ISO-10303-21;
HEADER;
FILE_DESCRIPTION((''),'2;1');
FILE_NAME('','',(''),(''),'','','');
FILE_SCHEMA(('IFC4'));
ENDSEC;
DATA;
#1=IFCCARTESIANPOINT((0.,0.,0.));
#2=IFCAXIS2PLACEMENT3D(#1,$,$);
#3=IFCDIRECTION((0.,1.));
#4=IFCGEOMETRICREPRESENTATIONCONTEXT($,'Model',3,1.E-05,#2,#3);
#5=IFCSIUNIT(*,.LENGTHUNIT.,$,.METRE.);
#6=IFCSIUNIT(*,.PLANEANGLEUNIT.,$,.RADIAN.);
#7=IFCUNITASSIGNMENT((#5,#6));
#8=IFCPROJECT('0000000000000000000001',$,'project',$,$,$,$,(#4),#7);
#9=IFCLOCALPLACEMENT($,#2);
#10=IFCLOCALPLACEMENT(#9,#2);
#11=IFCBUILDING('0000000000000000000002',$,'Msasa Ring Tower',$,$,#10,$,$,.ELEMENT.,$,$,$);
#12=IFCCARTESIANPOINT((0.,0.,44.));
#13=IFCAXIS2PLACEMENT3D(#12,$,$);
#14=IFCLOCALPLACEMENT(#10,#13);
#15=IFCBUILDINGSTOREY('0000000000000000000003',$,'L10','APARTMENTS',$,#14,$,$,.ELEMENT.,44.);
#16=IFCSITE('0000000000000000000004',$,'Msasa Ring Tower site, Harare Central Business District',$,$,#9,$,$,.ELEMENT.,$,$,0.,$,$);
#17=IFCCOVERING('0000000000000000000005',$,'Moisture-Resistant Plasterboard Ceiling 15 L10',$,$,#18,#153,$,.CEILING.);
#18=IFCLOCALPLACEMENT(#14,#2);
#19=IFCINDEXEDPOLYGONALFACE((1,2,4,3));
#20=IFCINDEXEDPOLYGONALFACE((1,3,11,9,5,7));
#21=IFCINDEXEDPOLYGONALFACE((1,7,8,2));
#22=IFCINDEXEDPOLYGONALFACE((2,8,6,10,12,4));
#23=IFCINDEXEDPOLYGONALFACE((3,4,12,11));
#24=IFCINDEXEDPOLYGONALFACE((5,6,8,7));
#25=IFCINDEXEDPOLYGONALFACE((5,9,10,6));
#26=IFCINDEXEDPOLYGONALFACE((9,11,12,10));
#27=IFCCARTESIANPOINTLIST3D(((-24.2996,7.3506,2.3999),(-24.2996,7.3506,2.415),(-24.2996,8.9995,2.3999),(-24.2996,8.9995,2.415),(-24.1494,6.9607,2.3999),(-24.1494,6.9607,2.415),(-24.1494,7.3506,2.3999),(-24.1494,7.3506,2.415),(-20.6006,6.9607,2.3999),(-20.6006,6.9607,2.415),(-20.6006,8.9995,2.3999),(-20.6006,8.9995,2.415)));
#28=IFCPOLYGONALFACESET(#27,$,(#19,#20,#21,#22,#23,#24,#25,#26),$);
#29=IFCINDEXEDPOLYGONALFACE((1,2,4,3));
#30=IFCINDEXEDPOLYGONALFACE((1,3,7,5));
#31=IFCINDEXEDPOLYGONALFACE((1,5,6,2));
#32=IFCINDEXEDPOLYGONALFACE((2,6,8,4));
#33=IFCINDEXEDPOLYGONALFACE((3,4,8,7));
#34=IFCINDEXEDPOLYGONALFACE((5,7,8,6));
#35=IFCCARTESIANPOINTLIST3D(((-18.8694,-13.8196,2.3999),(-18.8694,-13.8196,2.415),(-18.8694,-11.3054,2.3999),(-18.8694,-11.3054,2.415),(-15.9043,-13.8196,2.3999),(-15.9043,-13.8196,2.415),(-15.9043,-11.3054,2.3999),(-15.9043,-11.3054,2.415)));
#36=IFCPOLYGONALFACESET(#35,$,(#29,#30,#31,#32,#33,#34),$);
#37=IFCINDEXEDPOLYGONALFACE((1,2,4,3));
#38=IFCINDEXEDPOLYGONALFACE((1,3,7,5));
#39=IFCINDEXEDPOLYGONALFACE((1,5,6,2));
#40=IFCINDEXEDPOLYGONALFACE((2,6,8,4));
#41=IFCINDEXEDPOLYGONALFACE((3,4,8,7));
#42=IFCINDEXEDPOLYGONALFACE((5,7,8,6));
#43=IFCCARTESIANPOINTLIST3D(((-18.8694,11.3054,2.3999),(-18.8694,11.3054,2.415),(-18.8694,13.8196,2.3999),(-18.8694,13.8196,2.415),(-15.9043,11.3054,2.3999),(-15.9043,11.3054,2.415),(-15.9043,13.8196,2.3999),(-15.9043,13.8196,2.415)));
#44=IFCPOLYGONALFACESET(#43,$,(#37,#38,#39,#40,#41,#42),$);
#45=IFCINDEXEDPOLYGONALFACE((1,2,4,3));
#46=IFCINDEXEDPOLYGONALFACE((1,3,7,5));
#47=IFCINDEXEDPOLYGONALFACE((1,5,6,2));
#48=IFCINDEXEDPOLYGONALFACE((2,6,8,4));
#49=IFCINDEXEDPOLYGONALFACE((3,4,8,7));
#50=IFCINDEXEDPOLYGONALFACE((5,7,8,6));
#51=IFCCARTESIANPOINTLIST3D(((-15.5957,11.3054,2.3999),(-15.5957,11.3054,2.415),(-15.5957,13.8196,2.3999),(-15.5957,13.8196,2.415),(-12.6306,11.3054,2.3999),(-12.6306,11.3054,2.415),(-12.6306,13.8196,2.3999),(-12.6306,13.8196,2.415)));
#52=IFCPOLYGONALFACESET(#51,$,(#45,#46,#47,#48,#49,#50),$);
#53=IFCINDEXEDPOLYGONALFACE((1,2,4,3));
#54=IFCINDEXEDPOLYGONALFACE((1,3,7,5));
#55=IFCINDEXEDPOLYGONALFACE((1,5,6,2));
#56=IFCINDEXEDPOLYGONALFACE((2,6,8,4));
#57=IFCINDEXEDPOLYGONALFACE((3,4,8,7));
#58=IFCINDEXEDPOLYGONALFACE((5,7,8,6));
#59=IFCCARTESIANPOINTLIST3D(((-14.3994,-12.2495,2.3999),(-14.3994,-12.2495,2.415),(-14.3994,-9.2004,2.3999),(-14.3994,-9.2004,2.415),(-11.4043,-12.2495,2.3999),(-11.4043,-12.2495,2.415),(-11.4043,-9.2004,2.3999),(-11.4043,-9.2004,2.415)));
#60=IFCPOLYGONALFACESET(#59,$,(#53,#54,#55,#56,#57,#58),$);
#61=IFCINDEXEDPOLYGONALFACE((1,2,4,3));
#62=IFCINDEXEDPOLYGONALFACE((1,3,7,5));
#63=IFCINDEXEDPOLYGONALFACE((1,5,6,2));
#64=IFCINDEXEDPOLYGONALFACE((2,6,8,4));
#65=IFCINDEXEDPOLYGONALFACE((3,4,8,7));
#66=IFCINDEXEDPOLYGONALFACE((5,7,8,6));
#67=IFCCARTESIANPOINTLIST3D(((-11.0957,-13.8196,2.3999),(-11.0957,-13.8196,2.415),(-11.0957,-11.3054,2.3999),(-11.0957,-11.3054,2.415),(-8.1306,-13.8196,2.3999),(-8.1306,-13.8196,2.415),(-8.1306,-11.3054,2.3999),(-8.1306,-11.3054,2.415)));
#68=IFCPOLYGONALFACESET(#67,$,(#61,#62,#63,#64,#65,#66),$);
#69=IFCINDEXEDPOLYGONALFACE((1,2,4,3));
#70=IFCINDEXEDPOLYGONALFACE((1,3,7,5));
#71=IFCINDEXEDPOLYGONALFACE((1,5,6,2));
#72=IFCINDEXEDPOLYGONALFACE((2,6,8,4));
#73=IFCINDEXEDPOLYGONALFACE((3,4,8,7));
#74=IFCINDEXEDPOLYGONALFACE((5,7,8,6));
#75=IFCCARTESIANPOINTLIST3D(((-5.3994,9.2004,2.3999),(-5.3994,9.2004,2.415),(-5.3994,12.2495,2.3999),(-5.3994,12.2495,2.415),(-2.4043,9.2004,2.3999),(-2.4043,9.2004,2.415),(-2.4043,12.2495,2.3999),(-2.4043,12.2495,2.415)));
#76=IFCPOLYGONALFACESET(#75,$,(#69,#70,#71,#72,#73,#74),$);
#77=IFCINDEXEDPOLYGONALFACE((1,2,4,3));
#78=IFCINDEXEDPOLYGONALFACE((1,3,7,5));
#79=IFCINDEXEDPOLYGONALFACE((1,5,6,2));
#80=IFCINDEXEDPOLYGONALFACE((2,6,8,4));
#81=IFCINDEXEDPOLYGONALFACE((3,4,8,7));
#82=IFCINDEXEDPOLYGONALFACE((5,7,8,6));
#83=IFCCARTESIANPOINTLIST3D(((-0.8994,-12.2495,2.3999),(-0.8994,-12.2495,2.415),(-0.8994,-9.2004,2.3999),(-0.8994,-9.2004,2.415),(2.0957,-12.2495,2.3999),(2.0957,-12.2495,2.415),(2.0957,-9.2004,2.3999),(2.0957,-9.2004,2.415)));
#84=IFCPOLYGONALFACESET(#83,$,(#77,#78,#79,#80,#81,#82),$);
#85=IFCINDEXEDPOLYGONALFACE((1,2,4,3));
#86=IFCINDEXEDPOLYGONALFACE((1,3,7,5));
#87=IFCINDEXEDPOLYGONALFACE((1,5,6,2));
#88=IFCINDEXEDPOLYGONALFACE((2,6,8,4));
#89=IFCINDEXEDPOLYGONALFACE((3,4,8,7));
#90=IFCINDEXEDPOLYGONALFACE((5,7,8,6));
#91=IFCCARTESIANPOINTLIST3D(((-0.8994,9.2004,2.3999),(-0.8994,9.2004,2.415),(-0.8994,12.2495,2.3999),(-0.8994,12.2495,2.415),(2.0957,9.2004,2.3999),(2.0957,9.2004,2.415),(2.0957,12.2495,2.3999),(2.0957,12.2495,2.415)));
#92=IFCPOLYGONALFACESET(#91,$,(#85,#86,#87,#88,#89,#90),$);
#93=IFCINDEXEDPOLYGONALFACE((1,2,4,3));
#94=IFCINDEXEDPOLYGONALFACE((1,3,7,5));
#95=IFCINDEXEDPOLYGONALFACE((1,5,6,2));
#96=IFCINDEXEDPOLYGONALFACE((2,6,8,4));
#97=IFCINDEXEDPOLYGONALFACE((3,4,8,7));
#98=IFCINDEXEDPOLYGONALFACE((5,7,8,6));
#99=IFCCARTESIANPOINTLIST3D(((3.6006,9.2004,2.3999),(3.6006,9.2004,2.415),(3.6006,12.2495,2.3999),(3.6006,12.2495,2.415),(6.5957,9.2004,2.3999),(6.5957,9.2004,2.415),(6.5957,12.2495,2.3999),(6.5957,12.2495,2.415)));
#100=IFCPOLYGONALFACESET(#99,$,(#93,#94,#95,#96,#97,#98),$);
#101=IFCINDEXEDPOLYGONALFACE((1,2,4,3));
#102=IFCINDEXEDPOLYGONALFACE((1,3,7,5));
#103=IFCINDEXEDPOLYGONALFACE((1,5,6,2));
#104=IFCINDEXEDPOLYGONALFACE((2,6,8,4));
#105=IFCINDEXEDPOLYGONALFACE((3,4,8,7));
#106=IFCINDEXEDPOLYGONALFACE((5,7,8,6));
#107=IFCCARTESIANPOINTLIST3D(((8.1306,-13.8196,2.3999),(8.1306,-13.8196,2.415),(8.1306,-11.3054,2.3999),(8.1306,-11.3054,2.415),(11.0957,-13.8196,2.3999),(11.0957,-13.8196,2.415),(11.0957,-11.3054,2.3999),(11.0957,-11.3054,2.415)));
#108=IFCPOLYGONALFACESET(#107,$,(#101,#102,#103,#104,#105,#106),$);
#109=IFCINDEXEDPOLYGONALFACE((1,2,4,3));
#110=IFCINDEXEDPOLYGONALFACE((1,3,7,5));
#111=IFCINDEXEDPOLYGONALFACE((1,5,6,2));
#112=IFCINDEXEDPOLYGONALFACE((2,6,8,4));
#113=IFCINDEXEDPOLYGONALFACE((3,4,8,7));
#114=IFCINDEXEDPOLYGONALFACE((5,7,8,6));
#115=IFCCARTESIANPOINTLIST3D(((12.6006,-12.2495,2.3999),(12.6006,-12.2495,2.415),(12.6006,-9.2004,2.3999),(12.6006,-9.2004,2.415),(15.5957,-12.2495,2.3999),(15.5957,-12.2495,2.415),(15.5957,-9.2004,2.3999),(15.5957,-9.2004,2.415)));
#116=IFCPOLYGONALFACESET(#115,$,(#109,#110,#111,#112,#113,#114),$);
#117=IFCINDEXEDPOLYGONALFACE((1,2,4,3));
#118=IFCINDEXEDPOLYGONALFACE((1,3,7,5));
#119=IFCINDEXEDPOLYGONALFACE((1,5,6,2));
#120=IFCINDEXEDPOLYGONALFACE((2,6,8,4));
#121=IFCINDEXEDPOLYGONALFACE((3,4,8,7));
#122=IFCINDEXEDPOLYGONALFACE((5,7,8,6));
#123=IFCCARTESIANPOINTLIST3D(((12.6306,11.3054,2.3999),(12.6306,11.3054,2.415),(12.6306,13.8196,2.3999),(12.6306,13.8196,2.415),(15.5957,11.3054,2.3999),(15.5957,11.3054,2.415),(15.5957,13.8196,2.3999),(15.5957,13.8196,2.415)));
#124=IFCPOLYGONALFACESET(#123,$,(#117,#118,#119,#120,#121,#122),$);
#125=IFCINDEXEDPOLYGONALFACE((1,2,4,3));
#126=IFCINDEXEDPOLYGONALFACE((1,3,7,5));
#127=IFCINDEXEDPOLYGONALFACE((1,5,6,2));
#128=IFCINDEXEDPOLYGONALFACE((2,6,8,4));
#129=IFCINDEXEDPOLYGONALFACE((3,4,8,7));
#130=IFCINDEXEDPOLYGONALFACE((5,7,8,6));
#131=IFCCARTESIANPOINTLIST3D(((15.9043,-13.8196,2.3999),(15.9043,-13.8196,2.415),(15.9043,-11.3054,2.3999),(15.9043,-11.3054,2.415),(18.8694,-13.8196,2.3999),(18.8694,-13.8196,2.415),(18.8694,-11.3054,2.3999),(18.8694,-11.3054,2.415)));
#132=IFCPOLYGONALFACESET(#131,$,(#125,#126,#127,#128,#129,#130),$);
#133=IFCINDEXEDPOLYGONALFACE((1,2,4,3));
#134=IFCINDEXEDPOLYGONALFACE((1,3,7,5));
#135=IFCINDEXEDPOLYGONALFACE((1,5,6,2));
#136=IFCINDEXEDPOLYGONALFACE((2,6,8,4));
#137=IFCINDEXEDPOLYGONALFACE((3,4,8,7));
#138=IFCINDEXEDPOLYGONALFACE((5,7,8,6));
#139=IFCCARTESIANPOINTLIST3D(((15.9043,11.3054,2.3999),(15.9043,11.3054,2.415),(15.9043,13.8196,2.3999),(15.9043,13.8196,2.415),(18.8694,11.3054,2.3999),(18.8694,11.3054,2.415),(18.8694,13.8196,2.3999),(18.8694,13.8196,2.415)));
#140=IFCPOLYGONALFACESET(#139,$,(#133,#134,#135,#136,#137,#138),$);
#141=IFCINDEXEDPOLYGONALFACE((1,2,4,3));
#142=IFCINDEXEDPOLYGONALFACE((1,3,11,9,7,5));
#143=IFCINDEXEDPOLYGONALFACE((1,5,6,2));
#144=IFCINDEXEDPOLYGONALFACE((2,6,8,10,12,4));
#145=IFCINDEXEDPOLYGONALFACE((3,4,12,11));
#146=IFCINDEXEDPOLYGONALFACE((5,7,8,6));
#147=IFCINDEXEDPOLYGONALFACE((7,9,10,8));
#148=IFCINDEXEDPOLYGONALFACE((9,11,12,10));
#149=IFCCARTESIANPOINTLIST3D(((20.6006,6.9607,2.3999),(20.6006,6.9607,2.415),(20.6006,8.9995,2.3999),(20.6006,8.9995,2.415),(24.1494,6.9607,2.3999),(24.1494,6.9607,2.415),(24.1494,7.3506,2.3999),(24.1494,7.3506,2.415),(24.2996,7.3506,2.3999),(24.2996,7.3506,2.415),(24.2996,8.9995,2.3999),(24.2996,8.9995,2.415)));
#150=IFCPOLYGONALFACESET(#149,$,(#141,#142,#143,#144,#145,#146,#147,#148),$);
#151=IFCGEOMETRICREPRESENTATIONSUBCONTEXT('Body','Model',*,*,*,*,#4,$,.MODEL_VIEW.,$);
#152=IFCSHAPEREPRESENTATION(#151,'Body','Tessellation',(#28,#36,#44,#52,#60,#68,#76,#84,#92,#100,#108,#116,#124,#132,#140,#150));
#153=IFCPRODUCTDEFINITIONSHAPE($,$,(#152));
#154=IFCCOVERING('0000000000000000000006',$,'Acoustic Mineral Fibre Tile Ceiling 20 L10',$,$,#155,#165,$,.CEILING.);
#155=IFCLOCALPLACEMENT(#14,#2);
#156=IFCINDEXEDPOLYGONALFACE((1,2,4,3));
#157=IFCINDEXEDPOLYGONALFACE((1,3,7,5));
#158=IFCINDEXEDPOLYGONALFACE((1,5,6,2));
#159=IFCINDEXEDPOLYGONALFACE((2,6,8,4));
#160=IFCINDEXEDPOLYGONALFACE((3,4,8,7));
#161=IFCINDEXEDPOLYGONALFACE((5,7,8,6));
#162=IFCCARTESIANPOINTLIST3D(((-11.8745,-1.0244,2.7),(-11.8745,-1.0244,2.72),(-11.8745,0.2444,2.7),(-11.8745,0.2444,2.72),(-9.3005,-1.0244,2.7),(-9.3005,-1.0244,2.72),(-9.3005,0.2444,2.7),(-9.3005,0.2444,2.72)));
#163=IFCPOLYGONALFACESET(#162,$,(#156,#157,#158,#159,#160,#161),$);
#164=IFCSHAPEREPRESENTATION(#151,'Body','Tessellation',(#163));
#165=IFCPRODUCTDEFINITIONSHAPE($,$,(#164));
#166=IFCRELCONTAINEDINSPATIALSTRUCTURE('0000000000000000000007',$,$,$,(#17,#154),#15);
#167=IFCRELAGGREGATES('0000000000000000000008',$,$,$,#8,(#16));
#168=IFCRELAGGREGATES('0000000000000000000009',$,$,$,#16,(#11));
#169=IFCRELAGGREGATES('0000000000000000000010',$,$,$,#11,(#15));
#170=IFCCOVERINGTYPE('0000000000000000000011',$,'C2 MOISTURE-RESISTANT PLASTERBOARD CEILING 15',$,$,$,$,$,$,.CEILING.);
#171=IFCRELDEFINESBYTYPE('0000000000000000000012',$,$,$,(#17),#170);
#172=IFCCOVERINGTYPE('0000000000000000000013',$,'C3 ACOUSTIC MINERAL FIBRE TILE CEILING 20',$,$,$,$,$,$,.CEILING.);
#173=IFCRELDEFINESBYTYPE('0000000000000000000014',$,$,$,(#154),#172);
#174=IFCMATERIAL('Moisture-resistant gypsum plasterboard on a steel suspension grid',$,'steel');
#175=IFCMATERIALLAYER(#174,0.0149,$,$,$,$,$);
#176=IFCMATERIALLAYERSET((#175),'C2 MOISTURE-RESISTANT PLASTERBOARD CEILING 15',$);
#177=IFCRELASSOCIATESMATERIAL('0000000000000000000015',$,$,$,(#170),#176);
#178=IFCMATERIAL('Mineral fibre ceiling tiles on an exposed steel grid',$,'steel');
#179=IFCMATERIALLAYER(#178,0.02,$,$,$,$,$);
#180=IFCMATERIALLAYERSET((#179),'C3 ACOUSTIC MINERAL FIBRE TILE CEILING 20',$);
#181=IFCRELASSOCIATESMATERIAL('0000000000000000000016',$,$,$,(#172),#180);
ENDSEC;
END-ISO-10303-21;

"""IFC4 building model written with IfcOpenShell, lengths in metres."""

from ifc_helpers import new_model, si_unit, direction, frame, origin, place, context, subcontext, project, spatial, line, indexed_curve, outline, extrude, material, layer, layer_set, type_object, element, save


model = new_model("IFC4")

# Units and contexts
model_context = context("Model", 3, precision=1e-05, world=origin(), true_north=direction((0.0, 1.0)))
body_context = subcontext(model_context, "Body", "Model", "MODEL_VIEW")
ifc_project = project(units=[si_unit("LENGTHUNIT", "METRE"), si_unit("PLANEANGLEUNIT", "RADIAN")], contexts=[model_context])

# Site, building, storey
site_placement = place(None, origin())
site = spatial("IfcSite", under=ifc_project, at=site_placement, Name="Msasa Ring Tower site, Harare Central Business District", CompositionType="ELEMENT", RefElevation=0.0)
building_placement = place(site_placement, origin())
building = spatial("IfcBuilding", under=site, at=building_placement, Name="Msasa Ring Tower", CompositionType="ELEMENT")
storey_placement = place(building_placement, frame((0.0, 0.0, 44.0)))
storey = spatial("IfcBuildingStorey", under=building, at=storey_placement, Name="L10", Description="APARTMENTS", CompositionType="ELEMENT", Elevation=44.0)

# Coverings
ifc_material_1 = material(Name="Moisture-resistant gypsum plasterboard on a steel suspension grid", Category="steel")
ifc_layer_1 = layer(ifc_material_1, 0.0149)
ifc_layer_set_1 = layer_set([ifc_layer_1], Name="C2 MOISTURE-RESISTANT PLASTERBOARD CEILING 15")
covering_type_1 = type_object("IfcCoveringType", Name="C2 MOISTURE-RESISTANT PLASTERBOARD CEILING 15", PredefinedType="CEILING", material=ifc_layer_set_1)
covering_1_placement = place(storey_placement, frame((0.0, 0.0, 2.3999)))
element("IfcCovering", 1, at=covering_1_placement, inside=storey, type_object=covering_type_1, Name="Moisture-Resistant Plasterboard Ceiling 15 L10", PredefinedType="CEILING", context=body_context, shape_type="SweptSolid", body=[
    extrude(outline(indexed_curve([(-20.6006, 6.9607), (-24.1494, 6.9607), (-24.1494, 7.3506), (-24.2996, 7.3506), (-24.2996, 8.9995), (-20.6006, 8.9995)], segments=[line(1, 2, 3, 4, 5, 6, 1)], self_intersect=False)), origin(), (0.0, 0.0, 1.0), 0.0151),
    extrude(outline(indexed_curve([(-18.8694, -11.3054), (-15.9043, -11.3054), (-15.9043, -13.8196), (-18.8694, -13.8196)], segments=[line(1, 2, 3, 4, 1)], self_intersect=False)), origin(), (0.0, 0.0, 1.0), 0.0151),
    extrude(outline(indexed_curve([(-18.8694, 13.8196), (-15.9043, 13.8196), (-15.9043, 11.3054), (-18.8694, 11.3054)], segments=[line(1, 2, 3, 4, 1)], self_intersect=False)), origin(), (0.0, 0.0, 1.0), 0.0151),
    extrude(outline(indexed_curve([(-12.6306, 13.8196), (-12.6306, 11.3054), (-15.5957, 11.3054), (-15.5957, 13.8196)], segments=[line(1, 2, 3, 4, 1)], self_intersect=False)), origin(), (0.0, 0.0, 1.0), 0.0151),
    extrude(outline(indexed_curve([(-14.3994, -9.2004), (-11.4043, -9.2004), (-11.4043, -12.2495), (-14.3994, -12.2495)], segments=[line(1, 2, 3, 4, 1)], self_intersect=False)), origin(), (0.0, 0.0, 1.0), 0.0151),
    extrude(outline(indexed_curve([(-8.1306, -11.3054), (-8.1306, -13.8196), (-11.0957, -13.8196), (-11.0957, -11.3054)], segments=[line(1, 2, 3, 4, 1)], self_intersect=False)), origin(), (0.0, 0.0, 1.0), 0.0151),
    extrude(outline(indexed_curve([(-5.3994, 12.2495), (-2.4043, 12.2495), (-2.4043, 9.2004), (-5.3994, 9.2004)], segments=[line(1, 2, 3, 4, 1)], self_intersect=False)), origin(), (0.0, 0.0, 1.0), 0.0151),
    extrude(outline(indexed_curve([(-0.8994, -9.2004), (2.0957, -9.2004), (2.0957, -12.2495), (-0.8994, -12.2495)], segments=[line(1, 2, 3, 4, 1)], self_intersect=False)), origin(), (0.0, 0.0, 1.0), 0.0151),
    extrude(outline(indexed_curve([(-0.8994, 12.2495), (2.0957, 12.2495), (2.0957, 9.2004), (-0.8994, 9.2004)], segments=[line(1, 2, 3, 4, 1)], self_intersect=False)), origin(), (0.0, 0.0, 1.0), 0.0151),
    extrude(outline(indexed_curve([(3.6006, 12.2495), (6.5957, 12.2495), (6.5957, 9.2004), (3.6006, 9.2004)], segments=[line(1, 2, 3, 4, 1)], self_intersect=False)), origin(), (0.0, 0.0, 1.0), 0.0151),
    extrude(outline(indexed_curve([(8.1306, -11.3054), (11.0957, -11.3054), (11.0957, -13.8196), (8.1306, -13.8196)], segments=[line(1, 2, 3, 4, 1)], self_intersect=False)), origin(), (0.0, 0.0, 1.0), 0.0151),
    extrude(outline(indexed_curve([(12.6006, -9.2004), (15.5957, -9.2004), (15.5957, -12.2495), (12.6006, -12.2495)], segments=[line(1, 2, 3, 4, 1)], self_intersect=False)), origin(), (0.0, 0.0, 1.0), 0.0151),
    extrude(outline(indexed_curve([(12.6306, 13.8196), (15.5957, 13.8196), (15.5957, 11.3054), (12.6306, 11.3054)], segments=[line(1, 2, 3, 4, 1)], self_intersect=False)), origin(), (0.0, 0.0, 1.0), 0.0151),
    extrude(outline(indexed_curve([(18.8694, -11.3054), (18.8694, -13.8196), (15.9043, -13.8196), (15.9043, -11.3054)], segments=[line(1, 2, 3, 4, 1)], self_intersect=False)), origin(), (0.0, 0.0, 1.0), 0.0151),
    extrude(outline(indexed_curve([(18.8694, 13.8196), (18.8694, 11.3054), (15.9043, 11.3054), (15.9043, 13.8196)], segments=[line(1, 2, 3, 4, 1)], self_intersect=False)), origin(), (0.0, 0.0, 1.0), 0.0151),
    extrude(outline(indexed_curve([(20.6006, 8.9995), (24.2996, 8.9995), (24.2996, 7.3506), (24.1494, 7.3506), (24.1494, 6.9607), (20.6006, 6.9607)], segments=[line(1, 2, 3, 4, 5, 6, 1)], self_intersect=False)), origin(), (0.0, 0.0, 1.0), 0.0151),
])
ifc_material_2 = material(Name="Mineral fibre ceiling tiles on an exposed steel grid", Category="steel")
ifc_layer_2 = layer(ifc_material_2, 0.02)
ifc_layer_set_2 = layer_set([ifc_layer_2], Name="C3 ACOUSTIC MINERAL FIBRE TILE CEILING 20")
covering_type_2 = type_object("IfcCoveringType", Name="C3 ACOUSTIC MINERAL FIBRE TILE CEILING 20", PredefinedType="CEILING", material=ifc_layer_set_2)
covering_2_placement = place(storey_placement, frame((0.0, 0.0, 2.7)))
element("IfcCovering", 2, at=covering_2_placement, inside=storey, type_object=covering_type_2, Name="Acoustic Mineral Fibre Tile Ceiling 20 L10", PredefinedType="CEILING", context=body_context, shape_type="SweptSolid", body=[
    extrude(outline(indexed_curve([(-11.8745, 0.2444), (-9.3005, 0.2444), (-9.3005, -1.0244), (-11.8745, -1.0244)], segments=[line(1, 2, 3, 4, 1)], self_intersect=False)), origin(), (0.0, 0.0, 1.0), 0.02),
])

save(model, "model.ifc")
